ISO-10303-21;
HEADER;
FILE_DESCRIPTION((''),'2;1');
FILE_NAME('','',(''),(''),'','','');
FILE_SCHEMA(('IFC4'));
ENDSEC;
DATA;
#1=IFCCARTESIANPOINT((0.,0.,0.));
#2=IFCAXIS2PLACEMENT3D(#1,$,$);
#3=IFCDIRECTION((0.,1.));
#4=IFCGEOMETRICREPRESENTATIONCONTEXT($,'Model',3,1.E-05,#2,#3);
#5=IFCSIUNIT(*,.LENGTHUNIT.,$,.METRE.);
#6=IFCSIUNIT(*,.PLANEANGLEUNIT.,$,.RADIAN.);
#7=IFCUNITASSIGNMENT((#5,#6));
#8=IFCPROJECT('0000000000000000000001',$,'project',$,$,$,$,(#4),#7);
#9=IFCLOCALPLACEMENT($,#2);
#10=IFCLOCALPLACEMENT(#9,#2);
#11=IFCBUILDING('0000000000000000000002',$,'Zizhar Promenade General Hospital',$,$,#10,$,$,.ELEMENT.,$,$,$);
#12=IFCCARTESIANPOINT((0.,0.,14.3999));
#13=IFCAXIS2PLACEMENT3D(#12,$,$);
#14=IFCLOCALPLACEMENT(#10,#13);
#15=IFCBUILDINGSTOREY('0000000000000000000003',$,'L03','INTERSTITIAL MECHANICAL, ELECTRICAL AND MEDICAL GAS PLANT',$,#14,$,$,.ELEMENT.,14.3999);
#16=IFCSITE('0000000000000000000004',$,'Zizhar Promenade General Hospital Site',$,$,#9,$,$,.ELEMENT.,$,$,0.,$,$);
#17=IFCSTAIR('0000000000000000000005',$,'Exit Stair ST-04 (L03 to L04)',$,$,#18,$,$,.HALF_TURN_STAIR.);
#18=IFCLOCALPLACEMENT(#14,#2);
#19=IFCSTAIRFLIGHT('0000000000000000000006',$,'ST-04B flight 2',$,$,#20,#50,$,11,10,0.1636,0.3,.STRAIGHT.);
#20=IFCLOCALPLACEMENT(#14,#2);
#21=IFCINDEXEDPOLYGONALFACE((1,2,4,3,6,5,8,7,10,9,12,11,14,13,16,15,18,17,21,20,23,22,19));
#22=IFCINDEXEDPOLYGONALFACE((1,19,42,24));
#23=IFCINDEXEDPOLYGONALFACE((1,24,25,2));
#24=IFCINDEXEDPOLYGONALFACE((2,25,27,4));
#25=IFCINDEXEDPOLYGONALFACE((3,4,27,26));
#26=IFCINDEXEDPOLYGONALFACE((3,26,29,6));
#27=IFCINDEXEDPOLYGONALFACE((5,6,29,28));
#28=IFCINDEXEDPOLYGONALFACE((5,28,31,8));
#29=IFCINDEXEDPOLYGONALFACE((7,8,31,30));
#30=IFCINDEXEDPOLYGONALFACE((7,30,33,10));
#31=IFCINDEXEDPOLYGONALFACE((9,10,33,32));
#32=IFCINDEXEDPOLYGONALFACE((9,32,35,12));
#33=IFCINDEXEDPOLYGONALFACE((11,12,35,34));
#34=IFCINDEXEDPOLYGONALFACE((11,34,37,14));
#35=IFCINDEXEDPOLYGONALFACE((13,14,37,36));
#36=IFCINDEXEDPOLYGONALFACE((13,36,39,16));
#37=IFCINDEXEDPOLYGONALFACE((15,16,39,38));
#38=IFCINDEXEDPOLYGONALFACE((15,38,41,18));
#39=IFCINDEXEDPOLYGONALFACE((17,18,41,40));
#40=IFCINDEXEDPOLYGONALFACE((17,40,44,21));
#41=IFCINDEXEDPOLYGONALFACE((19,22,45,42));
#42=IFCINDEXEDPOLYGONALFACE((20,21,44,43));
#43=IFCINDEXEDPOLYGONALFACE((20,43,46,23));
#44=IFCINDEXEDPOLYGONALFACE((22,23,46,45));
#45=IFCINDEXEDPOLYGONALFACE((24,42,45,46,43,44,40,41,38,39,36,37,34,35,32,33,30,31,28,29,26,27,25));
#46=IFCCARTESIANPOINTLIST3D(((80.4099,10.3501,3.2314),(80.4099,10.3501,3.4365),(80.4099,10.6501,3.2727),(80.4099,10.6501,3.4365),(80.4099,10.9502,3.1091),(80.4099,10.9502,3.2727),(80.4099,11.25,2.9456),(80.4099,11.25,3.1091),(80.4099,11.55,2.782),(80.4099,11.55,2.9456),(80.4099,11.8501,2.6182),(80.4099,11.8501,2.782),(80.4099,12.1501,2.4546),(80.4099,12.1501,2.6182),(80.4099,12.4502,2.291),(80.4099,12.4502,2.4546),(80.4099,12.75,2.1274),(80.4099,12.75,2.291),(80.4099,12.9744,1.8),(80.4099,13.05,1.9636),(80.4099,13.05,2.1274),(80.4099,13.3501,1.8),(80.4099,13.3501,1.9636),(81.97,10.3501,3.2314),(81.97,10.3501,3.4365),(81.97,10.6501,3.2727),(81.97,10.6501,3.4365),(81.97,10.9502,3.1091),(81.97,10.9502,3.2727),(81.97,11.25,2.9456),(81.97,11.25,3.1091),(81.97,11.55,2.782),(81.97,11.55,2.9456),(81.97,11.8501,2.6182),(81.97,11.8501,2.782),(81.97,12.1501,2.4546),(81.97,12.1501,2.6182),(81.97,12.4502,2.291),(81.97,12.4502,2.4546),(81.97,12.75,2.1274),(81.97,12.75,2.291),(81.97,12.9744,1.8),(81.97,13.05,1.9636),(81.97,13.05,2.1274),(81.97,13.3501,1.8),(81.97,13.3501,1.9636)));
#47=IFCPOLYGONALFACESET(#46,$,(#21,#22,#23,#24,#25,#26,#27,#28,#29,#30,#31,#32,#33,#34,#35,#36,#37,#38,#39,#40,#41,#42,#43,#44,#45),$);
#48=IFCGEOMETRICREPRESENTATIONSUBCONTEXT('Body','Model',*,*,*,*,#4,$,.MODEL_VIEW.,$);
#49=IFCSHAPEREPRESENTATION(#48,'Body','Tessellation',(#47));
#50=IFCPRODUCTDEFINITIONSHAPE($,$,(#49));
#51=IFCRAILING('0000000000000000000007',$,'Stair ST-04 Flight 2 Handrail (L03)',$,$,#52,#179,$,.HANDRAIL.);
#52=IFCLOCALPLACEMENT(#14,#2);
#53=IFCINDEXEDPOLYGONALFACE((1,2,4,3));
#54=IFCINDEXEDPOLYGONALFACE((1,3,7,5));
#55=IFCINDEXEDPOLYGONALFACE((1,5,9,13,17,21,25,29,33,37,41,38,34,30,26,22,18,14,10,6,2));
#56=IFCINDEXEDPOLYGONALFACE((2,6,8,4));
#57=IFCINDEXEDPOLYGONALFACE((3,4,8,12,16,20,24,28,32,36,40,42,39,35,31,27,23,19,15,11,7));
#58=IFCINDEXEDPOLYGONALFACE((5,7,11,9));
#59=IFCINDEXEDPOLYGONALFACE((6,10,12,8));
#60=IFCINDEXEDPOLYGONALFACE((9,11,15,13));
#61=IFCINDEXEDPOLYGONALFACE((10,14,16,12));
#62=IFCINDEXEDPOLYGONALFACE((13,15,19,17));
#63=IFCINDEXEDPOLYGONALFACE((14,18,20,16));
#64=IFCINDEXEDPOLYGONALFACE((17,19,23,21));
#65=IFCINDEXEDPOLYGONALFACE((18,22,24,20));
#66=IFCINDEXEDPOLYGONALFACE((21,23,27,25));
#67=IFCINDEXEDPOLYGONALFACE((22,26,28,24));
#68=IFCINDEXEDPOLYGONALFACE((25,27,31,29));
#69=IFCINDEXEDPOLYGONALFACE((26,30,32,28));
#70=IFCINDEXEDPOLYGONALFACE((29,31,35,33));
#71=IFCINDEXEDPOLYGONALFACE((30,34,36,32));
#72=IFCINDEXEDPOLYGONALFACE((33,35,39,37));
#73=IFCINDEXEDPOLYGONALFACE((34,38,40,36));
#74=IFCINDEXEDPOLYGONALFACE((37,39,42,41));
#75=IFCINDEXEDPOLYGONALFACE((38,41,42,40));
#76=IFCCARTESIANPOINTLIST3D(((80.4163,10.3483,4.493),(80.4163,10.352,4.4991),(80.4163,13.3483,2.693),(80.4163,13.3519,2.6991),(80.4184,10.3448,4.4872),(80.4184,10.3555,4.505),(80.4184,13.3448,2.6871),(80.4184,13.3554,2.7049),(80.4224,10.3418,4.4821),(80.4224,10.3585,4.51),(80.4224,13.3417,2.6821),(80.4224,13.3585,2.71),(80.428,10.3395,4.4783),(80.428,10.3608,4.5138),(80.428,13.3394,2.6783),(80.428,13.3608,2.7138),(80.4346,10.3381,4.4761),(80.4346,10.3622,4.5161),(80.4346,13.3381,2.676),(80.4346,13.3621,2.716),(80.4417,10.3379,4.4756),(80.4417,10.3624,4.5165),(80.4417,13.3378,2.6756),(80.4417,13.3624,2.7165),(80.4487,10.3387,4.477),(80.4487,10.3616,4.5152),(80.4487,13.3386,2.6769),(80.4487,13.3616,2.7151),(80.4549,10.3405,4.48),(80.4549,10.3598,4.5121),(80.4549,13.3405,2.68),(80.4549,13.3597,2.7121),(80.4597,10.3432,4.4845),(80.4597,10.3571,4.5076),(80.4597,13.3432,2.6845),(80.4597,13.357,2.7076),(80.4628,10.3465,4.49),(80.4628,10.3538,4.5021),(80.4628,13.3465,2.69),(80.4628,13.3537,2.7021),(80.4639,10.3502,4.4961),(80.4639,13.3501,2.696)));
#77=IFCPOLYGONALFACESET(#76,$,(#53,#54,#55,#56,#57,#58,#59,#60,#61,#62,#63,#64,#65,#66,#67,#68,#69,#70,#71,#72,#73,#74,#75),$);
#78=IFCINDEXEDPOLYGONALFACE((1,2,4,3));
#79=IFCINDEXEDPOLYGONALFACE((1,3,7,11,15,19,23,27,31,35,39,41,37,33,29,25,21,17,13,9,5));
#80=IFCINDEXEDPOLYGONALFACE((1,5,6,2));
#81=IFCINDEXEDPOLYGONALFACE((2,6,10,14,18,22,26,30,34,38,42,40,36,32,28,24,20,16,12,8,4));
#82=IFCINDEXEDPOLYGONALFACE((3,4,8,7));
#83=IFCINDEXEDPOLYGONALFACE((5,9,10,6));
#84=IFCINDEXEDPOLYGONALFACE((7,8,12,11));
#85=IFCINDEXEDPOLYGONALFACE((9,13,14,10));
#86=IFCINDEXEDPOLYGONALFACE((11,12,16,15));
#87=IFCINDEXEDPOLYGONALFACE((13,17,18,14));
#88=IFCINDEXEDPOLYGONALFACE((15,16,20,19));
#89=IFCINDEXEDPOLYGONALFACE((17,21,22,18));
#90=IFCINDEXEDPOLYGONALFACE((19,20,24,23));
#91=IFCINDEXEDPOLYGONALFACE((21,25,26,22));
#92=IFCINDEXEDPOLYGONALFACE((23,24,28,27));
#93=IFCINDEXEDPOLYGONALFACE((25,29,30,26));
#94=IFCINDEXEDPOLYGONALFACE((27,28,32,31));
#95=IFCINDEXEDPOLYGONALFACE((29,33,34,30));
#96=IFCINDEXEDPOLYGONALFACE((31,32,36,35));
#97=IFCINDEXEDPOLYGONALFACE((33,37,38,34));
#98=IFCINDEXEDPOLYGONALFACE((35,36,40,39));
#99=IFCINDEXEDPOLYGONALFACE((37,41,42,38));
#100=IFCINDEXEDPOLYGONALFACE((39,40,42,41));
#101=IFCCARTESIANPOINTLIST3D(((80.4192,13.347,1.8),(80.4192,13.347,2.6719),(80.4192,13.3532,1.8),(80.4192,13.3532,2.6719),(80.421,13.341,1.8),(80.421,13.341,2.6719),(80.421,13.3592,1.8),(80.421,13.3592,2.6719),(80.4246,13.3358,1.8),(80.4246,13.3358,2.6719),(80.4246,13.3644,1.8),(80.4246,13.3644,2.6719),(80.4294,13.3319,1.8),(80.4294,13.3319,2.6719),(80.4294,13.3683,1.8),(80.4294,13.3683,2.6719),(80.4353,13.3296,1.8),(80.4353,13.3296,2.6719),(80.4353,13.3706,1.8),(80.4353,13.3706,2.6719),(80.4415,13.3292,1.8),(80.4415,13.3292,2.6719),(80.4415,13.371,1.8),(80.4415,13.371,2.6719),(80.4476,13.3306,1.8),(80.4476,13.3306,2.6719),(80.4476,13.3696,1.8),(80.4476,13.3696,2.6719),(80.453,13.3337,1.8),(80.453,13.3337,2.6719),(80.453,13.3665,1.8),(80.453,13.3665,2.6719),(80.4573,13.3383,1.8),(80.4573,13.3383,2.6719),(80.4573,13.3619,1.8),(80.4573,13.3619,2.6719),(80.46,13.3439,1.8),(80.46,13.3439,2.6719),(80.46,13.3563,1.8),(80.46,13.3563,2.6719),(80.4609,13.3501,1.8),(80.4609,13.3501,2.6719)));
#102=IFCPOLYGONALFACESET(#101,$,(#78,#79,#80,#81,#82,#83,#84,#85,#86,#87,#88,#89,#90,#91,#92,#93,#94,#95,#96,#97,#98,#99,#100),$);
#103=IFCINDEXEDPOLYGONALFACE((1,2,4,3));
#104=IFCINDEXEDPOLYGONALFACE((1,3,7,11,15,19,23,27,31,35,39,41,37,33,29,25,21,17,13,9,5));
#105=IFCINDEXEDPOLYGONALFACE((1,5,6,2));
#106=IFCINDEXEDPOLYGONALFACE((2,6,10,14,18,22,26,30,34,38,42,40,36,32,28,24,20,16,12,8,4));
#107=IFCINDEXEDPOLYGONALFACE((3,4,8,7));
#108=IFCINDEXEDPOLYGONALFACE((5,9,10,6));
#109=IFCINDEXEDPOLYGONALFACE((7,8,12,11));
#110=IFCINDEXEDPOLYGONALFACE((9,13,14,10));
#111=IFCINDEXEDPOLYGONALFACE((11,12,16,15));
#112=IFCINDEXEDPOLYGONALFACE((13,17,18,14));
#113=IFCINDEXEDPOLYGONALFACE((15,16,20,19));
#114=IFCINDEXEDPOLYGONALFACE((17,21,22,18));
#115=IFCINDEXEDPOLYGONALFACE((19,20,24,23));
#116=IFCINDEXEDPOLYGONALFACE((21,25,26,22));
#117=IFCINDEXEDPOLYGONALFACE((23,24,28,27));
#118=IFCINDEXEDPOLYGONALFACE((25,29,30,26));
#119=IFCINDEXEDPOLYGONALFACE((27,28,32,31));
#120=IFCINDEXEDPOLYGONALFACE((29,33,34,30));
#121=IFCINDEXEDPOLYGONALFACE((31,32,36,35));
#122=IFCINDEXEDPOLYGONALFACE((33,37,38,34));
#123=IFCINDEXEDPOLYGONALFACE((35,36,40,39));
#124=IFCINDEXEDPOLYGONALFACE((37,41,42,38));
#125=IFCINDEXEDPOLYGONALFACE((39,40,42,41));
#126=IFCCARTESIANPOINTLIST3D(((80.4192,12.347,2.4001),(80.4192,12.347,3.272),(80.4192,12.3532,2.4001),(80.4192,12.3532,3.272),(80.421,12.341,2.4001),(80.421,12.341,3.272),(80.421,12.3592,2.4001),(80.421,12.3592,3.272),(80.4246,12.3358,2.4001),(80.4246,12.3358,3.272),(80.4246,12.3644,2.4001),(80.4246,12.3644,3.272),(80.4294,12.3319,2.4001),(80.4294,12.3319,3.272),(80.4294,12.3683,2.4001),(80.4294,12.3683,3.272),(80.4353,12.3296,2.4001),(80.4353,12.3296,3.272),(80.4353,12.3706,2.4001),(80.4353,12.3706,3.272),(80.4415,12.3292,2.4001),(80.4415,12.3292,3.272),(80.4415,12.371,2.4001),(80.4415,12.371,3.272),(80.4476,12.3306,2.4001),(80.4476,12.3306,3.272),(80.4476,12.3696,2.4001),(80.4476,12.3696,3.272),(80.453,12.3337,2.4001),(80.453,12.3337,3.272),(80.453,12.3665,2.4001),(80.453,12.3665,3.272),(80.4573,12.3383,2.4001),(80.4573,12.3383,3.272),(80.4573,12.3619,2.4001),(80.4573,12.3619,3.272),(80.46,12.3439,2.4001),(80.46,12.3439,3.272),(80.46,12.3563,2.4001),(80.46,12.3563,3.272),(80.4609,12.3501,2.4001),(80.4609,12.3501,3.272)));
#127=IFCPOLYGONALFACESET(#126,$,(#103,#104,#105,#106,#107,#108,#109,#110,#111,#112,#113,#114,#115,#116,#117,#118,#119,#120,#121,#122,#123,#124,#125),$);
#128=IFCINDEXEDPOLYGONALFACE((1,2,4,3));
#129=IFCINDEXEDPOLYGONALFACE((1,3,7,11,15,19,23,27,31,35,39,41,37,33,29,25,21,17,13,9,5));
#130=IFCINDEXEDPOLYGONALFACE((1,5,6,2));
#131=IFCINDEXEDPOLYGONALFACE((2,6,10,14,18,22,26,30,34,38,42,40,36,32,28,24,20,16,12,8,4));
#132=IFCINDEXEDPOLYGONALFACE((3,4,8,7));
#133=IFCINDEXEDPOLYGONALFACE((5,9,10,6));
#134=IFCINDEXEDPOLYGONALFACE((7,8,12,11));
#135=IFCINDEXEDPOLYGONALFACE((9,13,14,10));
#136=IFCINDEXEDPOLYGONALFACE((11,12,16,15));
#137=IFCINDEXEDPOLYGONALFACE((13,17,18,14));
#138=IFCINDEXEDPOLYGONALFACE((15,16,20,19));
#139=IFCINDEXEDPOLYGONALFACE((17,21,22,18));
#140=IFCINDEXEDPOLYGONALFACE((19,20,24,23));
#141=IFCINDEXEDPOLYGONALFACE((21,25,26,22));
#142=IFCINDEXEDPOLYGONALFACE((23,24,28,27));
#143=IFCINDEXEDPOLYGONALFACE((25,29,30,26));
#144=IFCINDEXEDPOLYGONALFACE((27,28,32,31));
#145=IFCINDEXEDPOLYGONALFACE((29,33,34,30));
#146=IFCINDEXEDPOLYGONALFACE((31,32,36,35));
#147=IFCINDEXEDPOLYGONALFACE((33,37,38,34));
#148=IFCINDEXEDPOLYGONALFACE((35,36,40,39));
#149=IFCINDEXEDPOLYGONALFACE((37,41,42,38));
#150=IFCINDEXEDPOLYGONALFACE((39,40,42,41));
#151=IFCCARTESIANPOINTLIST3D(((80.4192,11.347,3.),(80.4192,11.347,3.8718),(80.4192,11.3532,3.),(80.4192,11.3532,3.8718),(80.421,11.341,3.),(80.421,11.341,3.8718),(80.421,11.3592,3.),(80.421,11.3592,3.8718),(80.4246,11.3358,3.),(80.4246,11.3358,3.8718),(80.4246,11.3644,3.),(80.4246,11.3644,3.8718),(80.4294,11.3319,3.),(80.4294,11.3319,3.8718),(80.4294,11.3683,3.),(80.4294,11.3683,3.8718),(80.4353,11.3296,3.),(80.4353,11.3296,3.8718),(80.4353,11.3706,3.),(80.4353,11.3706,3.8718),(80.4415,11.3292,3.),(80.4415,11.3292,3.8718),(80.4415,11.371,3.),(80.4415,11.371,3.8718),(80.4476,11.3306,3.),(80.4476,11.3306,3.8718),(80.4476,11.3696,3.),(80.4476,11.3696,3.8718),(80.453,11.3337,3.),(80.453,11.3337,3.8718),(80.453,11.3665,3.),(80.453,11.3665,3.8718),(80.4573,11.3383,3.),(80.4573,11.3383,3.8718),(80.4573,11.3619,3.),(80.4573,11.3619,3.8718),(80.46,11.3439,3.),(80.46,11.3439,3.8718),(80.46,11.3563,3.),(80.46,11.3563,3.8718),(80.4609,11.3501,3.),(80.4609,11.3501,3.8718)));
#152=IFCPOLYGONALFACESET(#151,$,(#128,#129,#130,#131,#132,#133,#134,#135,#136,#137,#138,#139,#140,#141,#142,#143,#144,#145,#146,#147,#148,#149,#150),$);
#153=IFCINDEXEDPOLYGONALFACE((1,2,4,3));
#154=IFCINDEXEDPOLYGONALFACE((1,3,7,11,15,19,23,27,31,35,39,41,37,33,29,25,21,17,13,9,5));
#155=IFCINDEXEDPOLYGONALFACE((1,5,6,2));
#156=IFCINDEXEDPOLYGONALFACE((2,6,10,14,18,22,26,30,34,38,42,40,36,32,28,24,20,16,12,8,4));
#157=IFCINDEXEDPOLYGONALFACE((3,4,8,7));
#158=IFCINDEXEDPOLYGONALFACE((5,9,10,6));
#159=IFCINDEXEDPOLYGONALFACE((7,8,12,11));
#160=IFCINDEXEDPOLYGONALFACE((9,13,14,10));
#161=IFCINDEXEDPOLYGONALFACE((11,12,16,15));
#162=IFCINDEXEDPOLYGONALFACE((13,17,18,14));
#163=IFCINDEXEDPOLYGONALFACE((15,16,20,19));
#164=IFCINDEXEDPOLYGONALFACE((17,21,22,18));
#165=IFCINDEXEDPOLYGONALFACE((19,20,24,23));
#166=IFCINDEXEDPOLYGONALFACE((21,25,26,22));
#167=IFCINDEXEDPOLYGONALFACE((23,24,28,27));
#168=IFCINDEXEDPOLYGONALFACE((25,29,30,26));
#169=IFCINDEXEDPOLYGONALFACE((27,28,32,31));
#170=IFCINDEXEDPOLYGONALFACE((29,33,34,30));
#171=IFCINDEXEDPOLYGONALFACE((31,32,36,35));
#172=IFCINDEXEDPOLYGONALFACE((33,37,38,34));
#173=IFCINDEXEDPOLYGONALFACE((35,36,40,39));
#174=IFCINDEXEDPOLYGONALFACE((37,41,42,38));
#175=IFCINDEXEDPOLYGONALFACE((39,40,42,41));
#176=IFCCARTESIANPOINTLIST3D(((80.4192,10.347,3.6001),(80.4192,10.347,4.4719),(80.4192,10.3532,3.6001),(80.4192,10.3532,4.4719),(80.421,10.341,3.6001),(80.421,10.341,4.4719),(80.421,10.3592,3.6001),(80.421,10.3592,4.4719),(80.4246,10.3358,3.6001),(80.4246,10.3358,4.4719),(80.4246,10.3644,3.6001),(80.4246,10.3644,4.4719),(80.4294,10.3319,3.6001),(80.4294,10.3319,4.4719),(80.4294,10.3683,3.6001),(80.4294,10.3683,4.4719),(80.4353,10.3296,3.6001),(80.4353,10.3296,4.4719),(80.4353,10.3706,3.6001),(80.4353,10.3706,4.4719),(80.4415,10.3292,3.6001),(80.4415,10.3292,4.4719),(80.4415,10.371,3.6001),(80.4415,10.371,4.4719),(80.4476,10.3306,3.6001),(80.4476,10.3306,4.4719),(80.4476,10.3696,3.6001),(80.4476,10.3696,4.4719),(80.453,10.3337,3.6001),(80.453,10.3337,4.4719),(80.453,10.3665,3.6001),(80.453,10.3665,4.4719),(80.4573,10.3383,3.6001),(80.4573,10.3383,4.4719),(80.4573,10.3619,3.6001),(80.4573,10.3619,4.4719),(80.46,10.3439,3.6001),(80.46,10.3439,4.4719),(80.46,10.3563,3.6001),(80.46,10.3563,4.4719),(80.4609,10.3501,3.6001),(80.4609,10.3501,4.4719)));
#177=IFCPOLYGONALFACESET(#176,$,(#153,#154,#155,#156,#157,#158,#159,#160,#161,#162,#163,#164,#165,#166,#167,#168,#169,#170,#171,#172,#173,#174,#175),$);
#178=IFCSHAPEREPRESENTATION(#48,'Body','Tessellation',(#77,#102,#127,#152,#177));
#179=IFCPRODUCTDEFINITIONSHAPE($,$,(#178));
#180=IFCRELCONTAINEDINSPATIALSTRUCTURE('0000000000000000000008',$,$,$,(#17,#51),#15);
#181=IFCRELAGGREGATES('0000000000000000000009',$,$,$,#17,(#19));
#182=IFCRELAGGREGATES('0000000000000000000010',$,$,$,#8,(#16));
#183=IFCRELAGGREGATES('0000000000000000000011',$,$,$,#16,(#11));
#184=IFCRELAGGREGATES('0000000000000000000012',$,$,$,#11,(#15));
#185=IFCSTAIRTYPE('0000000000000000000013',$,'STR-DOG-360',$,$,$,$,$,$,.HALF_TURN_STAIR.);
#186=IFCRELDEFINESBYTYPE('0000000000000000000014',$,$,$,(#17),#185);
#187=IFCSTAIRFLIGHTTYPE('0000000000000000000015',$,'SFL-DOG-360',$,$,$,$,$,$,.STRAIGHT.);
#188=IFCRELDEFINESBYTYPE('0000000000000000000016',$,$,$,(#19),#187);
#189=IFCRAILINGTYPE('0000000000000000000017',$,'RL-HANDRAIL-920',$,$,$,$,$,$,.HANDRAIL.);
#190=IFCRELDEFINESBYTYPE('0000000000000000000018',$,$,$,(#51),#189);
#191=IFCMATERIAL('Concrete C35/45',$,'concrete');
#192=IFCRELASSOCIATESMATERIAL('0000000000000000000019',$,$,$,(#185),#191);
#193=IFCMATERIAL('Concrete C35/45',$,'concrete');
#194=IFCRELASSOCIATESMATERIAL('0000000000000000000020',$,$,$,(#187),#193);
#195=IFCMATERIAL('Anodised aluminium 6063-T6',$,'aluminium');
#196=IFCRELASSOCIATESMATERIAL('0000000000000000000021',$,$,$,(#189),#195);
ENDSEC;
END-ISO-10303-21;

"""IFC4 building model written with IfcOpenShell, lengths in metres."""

from ifc_helpers import new_model, si_unit, direction, frame, origin, origin_2d, place, context, subcontext, project, spatial, polyline, circle, hollow_circle, outline, extrude, material, material_profile, profile_set, type_object, element, aggregate, save


model = new_model("IFC4")

# Units and contexts
model_context = context("Model", 3, precision=1e-05, world=origin(), true_north=direction((0.0, 1.0)))
body_context = subcontext(model_context, "Body", "Model", "MODEL_VIEW")
ifc_project = project(units=[si_unit("LENGTHUNIT", "METRE"), si_unit("PLANEANGLEUNIT", "RADIAN")], contexts=[model_context])

# Site, building, storey
site_placement = place(None, origin())
site = spatial("IfcSite", under=ifc_project, at=site_placement, Name="Zizhar Promenade General Hospital Site", CompositionType="ELEMENT", RefElevation=0.0)
building_placement = place(site_placement, origin())
building = spatial("IfcBuilding", under=site, at=building_placement, Name="Zizhar Promenade General Hospital", CompositionType="ELEMENT")
storey_placement = place(building_placement, frame((0.0, 0.0, 14.3999)))
storey = spatial("IfcBuildingStorey", under=building, at=storey_placement, Name="L03", Description="INTERSTITIAL MECHANICAL, ELECTRICAL AND MEDICAL GAS PLANT", CompositionType="ELEMENT", Elevation=14.3999)

# Stair, stair flight
ifc_material_1 = material(Name="Concrete C35/45", Category="concrete")
stair_type = type_object("IfcStairType", Name="STR-DOG-360", PredefinedType="HALF_TURN_STAIR", material=ifc_material_1)
stair_placement = place(storey_placement, origin())
stair = element("IfcStair", 1, at=stair_placement, inside=storey, type_object=stair_type, Name="Exit Stair ST-04 (L03 to L04)", PredefinedType="HALF_TURN_STAIR")
ifc_material_2 = material(Name="Concrete C35/45", Category="concrete")
stair_flight_type = type_object("IfcStairFlightType", Name="SFL-DOG-360", PredefinedType="STRAIGHT", material=ifc_material_2)
stair_flight_placement = place(storey_placement, frame((81.1899, 13.3501, 1.8), z_axis=(0.0, 0.0, 1.0), x_axis=(0.0, -1.0, 0.0)))
stair_flight = element("IfcStairFlight", 2, at=stair_flight_placement, type_object=stair_flight_type, Name="ST-04B flight 2", NumberOfRisers=11, NumberOfTreads=10, PredefinedType="STRAIGHT", RiserHeight=0.1636, TreadLength=0.3, context=body_context, shape_type="SweptSolid", body=[
    extrude(outline(polyline([(0.0, 0.0), (0.0, 0.1636), (0.3, 0.1636), (0.3, 0.3274), (0.6001, 0.3274), (0.6001, 0.491), (0.8999, 0.491), (0.8999, 0.6545), (1.2, 0.6545), (1.2, 0.8181), (1.5, 0.8181), (1.5, 0.9819), (1.8, 0.9819), (1.8, 1.1455), (2.1001, 1.1455), (2.1001, 1.3091), (2.3999, 1.3091), (2.3999, 1.4727), (2.7, 1.4727), (2.7, 1.6365), (3.0, 1.6365), (3.0, 1.8), (3.0, 1.4314), (0.3757, 0.0), (0.0, 0.0)])), frame((0.0, 0.78, 0.0), z_axis=(0.0, -1.0, 0.0), x_axis=(1.0, 0.0, 0.0)), (0.0, 0.0, 1.0), 1.5601),
])
aggregate(stair, [stair_flight])

# Railing
ifc_material_3 = material(Name="Anodised aluminium 6063-T6", Category="aluminium")
ifc_material_profile_1 = material_profile(ifc_material_3, hollow_circle(Radius=0.0698, WallThickness=0.0063, at=origin_2d()))
ifc_profile_set_1 = profile_set([ifc_material_profile_1], Name="Anodised aluminium 6063-T6")
railing_type_1 = type_object("IfcRailingType", Name="RL-HANDRAIL-920", PredefinedType="HANDRAIL", material=ifc_profile_set_1)
railing_1_placement = place(storey_placement, frame((80.4399, 13.3501, 1.8)))
element("IfcRailing", 3, at=railing_1_placement, inside=storey, type_object=railing_type_1, Name="Stair ST-04 Flight 2 Handrail (L03)", PredefinedType="HANDRAIL", context=body_context, shape_type="SweptSolid", body=[
    extrude(circle(Radius=0.0239, at=origin_2d()), frame((0.0, 0.0, 0.896), z_axis=(0.0, -0.857487, 0.514506), x_axis=(1.0, 0.0, 0.0)), (0.0, 0.0, 1.0), 3.4985),
    extrude(circle(Radius=0.021, at=origin_2d()), origin(), (0.0, 0.0, 1.0), 0.8718),
    extrude(circle(Radius=0.021, at=origin_2d()), frame((0.0, -1.0, 0.6001)), (0.0, 0.0, 1.0), 0.8718),
    extrude(circle(Radius=0.021, at=origin_2d()), frame((0.0, -2.0, 1.2)), (0.0, 0.0, 1.0), 0.8718),
    extrude(circle(Radius=0.021, at=origin_2d()), frame((0.0, -3.0, 1.8)), (0.0, 0.0, 1.0), 0.8718),
])

save(model, "model.ifc")
